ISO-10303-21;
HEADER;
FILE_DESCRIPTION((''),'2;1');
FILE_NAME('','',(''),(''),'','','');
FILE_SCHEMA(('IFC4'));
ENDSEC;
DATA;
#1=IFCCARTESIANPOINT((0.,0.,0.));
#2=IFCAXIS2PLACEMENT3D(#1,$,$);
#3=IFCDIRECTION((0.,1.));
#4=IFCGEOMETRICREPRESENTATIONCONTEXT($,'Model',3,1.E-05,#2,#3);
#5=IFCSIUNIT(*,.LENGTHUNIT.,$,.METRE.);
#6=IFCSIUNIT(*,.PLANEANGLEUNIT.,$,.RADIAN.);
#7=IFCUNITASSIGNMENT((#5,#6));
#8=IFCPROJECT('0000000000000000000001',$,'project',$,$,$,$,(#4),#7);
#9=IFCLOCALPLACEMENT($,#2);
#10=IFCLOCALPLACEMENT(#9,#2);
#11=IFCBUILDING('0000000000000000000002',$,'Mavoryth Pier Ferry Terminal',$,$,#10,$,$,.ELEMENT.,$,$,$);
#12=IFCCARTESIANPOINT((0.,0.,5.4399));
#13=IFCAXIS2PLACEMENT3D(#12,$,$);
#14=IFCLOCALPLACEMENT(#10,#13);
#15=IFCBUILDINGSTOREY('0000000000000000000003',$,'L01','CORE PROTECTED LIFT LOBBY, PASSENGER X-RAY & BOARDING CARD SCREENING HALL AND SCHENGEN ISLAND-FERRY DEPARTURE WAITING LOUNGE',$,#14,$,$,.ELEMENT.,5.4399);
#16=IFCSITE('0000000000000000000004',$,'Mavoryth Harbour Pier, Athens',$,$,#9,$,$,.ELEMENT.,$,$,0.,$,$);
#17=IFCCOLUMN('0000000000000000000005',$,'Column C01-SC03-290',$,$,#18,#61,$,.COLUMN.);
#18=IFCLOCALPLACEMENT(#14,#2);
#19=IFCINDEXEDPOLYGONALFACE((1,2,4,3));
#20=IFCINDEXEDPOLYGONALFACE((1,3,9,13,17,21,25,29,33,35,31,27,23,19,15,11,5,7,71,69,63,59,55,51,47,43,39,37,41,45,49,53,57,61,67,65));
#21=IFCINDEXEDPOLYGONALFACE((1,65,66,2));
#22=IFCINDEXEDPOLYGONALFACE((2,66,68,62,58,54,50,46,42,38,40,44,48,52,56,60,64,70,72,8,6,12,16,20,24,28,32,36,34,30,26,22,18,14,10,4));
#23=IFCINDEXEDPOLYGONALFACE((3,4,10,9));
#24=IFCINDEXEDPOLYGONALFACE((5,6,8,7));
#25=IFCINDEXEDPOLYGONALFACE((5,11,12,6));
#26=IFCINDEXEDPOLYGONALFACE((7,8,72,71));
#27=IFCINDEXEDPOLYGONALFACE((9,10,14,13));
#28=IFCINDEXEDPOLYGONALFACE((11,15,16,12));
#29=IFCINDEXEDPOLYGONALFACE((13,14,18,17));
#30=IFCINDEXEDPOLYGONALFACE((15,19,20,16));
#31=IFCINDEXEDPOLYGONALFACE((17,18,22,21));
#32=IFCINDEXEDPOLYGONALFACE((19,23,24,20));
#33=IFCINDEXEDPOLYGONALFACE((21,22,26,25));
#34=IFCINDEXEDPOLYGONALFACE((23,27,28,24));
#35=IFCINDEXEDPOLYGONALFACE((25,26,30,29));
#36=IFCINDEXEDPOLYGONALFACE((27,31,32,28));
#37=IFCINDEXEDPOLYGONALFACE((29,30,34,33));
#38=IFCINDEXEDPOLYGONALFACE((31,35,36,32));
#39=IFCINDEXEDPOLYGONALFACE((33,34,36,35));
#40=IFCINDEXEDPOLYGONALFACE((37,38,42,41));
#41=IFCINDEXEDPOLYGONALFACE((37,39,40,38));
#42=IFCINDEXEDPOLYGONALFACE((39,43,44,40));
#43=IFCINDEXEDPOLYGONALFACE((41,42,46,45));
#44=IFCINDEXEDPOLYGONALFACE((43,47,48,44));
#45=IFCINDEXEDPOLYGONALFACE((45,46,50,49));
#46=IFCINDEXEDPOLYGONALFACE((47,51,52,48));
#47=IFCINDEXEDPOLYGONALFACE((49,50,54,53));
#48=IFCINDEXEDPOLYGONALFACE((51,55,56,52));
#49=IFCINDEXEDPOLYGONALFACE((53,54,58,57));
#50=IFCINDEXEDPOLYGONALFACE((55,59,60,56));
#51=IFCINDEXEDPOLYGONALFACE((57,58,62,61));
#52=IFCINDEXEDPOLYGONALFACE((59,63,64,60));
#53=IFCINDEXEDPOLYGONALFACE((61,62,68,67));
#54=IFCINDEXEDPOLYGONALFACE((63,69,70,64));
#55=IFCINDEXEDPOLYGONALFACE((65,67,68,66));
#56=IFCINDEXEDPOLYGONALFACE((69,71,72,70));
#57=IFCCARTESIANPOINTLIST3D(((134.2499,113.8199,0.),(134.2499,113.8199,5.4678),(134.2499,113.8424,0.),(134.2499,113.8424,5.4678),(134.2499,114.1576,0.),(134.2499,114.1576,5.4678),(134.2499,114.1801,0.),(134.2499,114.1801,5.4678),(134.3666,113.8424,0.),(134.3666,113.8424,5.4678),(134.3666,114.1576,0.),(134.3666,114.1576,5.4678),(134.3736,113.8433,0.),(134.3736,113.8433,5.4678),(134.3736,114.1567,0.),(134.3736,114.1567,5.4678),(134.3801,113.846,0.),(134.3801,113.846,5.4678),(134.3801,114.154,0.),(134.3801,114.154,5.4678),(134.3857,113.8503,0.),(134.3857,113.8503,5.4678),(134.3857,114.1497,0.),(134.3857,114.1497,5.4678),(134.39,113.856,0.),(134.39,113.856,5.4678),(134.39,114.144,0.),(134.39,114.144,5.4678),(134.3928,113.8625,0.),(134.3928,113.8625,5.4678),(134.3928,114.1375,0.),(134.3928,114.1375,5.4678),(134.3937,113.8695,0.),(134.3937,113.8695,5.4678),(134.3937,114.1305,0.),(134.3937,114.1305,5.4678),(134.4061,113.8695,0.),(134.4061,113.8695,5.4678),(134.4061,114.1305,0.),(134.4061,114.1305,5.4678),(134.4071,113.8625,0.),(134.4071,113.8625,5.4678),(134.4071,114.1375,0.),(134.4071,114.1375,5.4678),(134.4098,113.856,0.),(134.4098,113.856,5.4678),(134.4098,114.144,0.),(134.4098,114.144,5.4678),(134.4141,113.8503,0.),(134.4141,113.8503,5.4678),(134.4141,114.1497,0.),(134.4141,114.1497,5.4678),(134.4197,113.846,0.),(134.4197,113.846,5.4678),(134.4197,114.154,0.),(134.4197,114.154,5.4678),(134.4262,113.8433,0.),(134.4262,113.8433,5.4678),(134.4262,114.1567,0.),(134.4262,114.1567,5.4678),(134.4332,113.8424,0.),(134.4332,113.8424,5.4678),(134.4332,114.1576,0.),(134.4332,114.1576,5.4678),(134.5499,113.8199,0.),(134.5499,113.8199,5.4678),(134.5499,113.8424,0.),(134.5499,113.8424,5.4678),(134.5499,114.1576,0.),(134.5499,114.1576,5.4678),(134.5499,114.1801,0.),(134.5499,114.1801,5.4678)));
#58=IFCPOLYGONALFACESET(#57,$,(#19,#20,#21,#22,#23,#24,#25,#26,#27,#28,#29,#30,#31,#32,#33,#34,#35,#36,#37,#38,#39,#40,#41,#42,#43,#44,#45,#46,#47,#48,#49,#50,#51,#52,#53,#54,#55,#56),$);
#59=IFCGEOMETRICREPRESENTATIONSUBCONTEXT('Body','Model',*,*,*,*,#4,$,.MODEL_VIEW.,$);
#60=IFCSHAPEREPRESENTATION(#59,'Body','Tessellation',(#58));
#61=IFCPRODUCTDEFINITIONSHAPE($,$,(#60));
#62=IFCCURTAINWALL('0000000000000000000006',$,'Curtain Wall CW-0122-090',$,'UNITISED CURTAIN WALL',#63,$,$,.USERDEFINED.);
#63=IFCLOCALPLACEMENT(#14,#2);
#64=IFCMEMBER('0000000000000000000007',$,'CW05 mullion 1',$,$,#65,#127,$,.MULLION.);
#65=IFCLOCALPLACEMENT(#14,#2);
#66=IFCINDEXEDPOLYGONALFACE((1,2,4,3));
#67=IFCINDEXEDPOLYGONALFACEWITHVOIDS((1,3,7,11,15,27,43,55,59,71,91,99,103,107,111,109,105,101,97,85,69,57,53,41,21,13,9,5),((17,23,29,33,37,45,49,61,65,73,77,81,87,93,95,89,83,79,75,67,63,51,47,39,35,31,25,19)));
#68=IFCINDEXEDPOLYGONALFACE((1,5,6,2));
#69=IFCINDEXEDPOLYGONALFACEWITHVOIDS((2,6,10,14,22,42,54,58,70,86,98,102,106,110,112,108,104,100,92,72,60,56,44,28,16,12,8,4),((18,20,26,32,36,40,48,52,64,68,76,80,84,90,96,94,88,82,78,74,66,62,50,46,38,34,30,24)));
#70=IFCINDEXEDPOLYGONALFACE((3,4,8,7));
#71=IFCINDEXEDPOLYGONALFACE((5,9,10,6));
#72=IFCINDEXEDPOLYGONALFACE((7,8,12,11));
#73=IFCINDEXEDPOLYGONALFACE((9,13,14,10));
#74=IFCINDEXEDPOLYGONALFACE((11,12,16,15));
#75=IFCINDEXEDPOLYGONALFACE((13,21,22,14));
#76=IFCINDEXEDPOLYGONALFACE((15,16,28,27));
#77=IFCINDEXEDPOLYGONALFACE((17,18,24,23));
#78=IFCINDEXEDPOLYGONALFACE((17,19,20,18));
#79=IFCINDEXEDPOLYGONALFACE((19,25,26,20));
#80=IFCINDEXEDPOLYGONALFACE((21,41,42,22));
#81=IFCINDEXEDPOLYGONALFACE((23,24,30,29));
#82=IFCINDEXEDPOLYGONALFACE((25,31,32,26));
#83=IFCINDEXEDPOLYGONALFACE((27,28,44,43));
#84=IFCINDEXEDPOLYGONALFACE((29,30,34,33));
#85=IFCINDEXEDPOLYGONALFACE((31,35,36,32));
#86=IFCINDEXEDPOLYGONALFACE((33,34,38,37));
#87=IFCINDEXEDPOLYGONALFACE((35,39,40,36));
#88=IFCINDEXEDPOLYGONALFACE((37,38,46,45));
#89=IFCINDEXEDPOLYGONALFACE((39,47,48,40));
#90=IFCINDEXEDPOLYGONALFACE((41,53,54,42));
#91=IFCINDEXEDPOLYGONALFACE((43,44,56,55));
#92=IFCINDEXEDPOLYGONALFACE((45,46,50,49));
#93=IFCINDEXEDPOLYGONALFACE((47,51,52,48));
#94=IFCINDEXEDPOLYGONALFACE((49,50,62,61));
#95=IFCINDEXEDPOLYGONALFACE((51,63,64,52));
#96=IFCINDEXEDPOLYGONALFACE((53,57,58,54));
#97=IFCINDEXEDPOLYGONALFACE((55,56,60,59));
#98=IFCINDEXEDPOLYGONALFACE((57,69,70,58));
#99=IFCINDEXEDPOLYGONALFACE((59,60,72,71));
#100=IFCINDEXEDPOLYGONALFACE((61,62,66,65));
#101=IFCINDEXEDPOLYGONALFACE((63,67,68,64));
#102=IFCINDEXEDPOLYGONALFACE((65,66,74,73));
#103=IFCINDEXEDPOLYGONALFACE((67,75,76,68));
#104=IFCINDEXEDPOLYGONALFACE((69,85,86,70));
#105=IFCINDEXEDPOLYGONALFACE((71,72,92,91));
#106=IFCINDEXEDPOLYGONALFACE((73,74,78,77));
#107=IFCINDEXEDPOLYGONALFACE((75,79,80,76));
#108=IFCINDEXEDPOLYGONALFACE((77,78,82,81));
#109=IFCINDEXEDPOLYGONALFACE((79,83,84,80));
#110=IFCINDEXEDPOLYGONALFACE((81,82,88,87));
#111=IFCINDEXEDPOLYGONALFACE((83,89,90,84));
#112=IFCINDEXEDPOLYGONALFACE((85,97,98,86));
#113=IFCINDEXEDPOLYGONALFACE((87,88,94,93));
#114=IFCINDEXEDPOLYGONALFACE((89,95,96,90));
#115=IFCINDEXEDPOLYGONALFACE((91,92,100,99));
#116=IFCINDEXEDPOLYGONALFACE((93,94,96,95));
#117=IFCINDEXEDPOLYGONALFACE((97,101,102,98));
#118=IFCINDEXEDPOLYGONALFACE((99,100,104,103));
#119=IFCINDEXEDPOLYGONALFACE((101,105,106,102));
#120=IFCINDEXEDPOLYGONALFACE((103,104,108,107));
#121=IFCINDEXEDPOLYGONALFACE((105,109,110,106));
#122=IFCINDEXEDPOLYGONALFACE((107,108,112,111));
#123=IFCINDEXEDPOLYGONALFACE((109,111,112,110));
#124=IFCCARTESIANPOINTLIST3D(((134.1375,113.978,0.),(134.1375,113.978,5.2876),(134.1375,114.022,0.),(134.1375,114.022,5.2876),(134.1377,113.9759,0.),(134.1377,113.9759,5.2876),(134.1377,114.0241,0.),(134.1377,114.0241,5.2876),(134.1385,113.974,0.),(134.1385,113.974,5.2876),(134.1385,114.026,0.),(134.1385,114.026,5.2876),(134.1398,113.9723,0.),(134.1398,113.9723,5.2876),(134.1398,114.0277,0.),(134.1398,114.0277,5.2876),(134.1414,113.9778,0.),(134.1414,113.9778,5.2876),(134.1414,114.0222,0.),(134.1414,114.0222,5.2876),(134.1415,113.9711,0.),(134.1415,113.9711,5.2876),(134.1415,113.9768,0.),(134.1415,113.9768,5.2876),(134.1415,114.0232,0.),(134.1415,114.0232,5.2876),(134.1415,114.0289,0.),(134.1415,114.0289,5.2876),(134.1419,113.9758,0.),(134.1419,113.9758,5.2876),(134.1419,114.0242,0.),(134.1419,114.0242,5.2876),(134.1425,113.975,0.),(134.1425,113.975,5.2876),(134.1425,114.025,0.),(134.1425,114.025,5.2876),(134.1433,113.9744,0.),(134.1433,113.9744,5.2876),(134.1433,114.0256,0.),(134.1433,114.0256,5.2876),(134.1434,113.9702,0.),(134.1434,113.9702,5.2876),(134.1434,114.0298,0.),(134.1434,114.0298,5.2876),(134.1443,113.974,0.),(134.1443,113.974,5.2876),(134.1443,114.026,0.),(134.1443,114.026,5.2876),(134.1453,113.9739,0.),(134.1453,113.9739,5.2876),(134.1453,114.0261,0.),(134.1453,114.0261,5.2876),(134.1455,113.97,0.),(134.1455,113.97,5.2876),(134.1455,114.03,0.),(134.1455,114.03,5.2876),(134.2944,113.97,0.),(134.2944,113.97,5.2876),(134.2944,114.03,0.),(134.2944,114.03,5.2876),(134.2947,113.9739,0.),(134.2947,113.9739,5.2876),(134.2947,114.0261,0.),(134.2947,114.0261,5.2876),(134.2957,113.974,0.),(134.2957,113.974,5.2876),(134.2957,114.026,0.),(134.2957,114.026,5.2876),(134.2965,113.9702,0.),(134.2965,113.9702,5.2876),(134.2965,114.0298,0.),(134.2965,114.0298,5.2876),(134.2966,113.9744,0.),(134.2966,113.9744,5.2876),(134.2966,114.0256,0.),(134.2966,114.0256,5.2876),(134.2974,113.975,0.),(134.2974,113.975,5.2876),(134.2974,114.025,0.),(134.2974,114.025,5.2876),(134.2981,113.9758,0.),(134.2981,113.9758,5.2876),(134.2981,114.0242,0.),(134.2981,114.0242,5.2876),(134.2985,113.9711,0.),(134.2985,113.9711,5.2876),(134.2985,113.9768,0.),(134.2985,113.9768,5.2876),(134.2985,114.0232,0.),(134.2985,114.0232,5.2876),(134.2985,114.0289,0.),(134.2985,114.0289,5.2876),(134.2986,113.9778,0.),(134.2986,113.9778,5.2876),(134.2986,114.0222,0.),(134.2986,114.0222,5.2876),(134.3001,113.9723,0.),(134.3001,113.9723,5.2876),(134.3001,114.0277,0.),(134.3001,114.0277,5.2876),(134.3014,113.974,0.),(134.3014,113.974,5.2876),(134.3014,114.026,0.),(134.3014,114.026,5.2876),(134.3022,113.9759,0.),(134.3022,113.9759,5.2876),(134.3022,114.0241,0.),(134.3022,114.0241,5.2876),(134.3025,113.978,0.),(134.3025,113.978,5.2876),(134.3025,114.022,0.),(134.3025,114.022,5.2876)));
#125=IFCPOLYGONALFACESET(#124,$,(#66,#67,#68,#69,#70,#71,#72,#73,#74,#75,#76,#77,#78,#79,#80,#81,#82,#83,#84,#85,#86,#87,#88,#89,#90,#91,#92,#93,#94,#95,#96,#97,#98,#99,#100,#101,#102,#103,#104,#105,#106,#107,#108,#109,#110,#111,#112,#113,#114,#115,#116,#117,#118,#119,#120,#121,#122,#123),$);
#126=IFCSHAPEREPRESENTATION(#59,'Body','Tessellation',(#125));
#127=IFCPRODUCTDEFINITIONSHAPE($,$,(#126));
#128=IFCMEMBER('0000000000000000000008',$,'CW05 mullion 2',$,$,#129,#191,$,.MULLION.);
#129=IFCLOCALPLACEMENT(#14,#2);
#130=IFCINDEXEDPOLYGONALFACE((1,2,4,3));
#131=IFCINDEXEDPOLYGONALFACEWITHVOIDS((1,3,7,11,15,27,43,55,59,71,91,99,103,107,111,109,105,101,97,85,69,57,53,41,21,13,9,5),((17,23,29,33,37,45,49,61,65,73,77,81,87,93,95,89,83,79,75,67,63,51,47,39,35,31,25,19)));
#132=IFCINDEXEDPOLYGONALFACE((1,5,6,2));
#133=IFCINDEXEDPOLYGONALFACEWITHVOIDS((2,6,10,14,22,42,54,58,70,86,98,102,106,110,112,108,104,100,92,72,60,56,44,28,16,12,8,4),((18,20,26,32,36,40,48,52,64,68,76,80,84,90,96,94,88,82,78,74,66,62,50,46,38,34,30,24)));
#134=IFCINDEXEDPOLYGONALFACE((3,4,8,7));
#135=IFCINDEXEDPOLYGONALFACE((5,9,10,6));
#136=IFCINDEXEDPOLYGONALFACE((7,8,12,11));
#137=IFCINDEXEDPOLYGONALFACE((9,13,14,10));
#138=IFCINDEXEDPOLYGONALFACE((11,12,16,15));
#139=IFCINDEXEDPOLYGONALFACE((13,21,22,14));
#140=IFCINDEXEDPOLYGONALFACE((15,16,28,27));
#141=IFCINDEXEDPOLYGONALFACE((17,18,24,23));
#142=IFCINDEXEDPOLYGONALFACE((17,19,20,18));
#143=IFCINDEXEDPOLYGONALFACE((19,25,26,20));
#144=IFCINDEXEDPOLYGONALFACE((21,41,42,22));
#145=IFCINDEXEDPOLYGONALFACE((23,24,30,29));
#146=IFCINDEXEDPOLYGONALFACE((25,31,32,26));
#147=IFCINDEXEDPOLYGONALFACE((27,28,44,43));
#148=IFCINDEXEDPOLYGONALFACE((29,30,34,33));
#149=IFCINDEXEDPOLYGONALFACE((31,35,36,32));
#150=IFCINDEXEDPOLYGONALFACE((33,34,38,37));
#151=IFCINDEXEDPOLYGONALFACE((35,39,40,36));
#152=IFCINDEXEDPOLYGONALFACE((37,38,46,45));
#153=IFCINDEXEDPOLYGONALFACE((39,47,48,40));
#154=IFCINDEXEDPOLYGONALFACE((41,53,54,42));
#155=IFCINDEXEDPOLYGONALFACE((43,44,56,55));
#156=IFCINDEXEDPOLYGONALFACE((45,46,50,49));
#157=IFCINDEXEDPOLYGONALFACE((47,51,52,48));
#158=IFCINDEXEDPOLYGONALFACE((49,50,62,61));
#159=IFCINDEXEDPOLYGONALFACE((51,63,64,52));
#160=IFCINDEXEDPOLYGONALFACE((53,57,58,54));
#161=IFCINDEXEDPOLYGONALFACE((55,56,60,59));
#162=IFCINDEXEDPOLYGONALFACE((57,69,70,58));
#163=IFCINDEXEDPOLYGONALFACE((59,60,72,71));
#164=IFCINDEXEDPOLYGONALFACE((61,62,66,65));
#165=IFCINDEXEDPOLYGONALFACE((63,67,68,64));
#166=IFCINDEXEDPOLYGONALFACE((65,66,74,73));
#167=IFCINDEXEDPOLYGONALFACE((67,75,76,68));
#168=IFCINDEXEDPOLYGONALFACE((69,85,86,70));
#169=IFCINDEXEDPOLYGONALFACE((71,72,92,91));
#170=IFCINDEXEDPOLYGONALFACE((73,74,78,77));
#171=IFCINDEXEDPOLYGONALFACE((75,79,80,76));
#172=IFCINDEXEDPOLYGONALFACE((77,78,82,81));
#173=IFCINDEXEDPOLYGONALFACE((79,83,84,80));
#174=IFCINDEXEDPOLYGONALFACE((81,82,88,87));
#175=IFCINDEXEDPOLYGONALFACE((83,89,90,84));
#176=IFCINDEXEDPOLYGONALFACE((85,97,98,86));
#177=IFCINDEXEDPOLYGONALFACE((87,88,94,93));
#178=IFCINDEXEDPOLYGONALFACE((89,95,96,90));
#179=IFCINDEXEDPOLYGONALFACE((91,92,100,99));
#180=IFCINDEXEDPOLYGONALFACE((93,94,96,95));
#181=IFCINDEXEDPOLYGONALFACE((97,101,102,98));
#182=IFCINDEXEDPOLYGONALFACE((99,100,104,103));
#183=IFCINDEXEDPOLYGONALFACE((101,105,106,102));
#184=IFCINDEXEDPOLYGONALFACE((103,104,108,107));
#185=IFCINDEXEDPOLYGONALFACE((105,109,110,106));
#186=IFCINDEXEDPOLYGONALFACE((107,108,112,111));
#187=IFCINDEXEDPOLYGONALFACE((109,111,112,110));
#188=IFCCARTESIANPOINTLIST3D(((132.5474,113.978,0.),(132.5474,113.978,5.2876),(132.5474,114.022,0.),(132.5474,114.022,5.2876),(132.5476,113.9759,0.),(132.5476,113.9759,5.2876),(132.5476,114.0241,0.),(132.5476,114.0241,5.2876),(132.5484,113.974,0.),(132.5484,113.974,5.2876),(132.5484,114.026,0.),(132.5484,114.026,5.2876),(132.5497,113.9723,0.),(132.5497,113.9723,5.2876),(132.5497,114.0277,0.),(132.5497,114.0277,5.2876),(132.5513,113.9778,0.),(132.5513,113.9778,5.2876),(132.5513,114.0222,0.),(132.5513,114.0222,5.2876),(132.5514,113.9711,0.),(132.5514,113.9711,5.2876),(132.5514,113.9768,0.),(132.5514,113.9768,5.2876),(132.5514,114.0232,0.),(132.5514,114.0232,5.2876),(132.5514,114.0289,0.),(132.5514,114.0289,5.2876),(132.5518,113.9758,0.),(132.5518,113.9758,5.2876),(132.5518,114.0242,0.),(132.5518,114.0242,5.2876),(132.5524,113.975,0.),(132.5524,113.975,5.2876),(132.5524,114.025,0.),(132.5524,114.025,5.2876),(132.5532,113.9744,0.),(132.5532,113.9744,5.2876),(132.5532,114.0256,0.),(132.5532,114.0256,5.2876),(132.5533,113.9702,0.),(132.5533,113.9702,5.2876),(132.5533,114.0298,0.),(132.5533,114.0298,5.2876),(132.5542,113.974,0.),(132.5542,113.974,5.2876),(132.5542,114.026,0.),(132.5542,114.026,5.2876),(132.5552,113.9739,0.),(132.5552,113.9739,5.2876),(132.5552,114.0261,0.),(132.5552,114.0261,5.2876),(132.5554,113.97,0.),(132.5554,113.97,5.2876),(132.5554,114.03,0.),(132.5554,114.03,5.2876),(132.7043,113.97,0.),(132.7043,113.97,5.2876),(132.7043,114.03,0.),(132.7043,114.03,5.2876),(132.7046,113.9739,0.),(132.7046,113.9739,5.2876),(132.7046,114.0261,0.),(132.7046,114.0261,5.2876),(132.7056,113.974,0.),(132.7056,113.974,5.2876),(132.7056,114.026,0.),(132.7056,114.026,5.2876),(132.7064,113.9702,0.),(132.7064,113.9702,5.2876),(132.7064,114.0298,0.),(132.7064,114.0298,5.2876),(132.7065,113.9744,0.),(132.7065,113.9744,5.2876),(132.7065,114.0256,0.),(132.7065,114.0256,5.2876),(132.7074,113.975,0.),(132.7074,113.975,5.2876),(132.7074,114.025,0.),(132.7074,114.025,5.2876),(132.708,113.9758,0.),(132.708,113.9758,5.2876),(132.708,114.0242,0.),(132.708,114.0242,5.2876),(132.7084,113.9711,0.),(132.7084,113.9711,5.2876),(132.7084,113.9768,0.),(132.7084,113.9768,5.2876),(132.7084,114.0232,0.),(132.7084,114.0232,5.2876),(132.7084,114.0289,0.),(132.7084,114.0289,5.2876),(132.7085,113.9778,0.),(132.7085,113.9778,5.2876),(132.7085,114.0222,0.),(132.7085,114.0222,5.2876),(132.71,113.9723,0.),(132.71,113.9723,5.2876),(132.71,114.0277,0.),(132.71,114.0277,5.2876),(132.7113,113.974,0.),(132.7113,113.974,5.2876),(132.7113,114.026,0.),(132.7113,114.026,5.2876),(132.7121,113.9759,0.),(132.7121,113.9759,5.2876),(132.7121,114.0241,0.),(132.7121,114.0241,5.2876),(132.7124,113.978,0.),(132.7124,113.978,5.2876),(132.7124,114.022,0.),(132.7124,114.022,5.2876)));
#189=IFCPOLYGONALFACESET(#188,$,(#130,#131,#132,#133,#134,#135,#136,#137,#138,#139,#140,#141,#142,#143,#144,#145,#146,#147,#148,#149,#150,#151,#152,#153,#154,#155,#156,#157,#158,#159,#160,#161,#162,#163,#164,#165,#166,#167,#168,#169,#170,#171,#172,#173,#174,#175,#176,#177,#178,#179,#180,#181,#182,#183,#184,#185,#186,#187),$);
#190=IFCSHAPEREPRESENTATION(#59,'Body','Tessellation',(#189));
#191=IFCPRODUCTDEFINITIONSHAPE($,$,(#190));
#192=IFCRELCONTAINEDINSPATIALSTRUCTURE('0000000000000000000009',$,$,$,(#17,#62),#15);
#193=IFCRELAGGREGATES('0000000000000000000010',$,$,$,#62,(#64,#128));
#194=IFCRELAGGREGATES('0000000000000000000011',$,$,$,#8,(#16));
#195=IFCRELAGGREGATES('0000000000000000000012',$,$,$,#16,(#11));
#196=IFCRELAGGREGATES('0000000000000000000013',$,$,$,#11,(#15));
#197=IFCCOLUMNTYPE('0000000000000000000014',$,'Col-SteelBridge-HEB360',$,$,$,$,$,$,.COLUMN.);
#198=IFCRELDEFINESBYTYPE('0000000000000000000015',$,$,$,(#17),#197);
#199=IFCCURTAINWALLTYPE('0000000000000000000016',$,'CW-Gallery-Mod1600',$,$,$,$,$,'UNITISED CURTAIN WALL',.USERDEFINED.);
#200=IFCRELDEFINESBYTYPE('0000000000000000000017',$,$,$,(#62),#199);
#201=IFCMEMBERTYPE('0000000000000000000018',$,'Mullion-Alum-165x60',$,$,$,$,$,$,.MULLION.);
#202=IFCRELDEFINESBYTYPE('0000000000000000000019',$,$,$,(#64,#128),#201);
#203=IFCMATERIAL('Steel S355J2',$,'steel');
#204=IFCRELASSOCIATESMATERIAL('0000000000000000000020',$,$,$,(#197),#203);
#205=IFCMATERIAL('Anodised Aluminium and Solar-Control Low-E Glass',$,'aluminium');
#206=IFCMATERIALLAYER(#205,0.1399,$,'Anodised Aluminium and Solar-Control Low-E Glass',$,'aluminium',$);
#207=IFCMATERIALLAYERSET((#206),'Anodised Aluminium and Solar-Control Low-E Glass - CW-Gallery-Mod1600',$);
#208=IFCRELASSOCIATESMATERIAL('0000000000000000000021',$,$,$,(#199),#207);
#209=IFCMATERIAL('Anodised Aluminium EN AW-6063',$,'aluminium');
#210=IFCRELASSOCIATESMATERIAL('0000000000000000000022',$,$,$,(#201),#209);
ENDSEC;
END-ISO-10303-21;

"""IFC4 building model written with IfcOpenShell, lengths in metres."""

from ifc_helpers import new_model, si_unit, direction, frame, origin, origin_2d, place, context, subcontext, project, spatial, hollow_rectangle, i_section, extrude, material, layer, layer_set, material_profile, profile_set, type_object, element, aggregate, save


model = new_model("IFC4")

# Units and contexts
model_context = context("Model", 3, precision=1e-05, world=origin(), true_north=direction((0.0, 1.0)))
body_context = subcontext(model_context, "Body", "Model", "MODEL_VIEW")
ifc_project = project(units=[si_unit("LENGTHUNIT", "METRE"), si_unit("PLANEANGLEUNIT", "RADIAN")], contexts=[model_context])

# Site, building, storey
site_placement = place(None, origin())
site = spatial("IfcSite", under=ifc_project, at=site_placement, Name="Mavoryth Harbour Pier, Athens", CompositionType="ELEMENT", RefElevation=0.0)
building_placement = place(site_placement, origin())
building = spatial("IfcBuilding", under=site, at=building_placement, Name="Mavoryth Pier Ferry Terminal", CompositionType="ELEMENT")
storey_placement = place(building_placement, frame((0.0, 0.0, 5.4399)))
storey = spatial("IfcBuildingStorey", under=building, at=storey_placement, Name="L01", Description="CORE PROTECTED LIFT LOBBY, PASSENGER X-RAY & BOARDING CARD SCREENING HALL AND SCHENGEN ISLAND-FERRY DEPARTURE WAITING LOUNGE", CompositionType="ELEMENT", Elevation=5.4399)

# Column
ifc_material_1 = material(Name="Steel S355J2", Category="steel")
ifc_material_profile_1 = material_profile(ifc_material_1, i_section(OverallWidth=0.3, OverallDepth=0.3601, WebThickness=0.0125, FlangeThickness=0.0225, FilletRadius=0.0271, at=origin_2d()), Name="HEB 360", Category="steel")
ifc_profile_set_1 = profile_set([ifc_material_profile_1], Name="Steel S355J2 - HEB 360")
column_type = type_object("IfcColumnType", Name="Col-SteelBridge-HEB360", PredefinedType="COLUMN", material=ifc_profile_set_1)
column_placement = place(storey_placement, frame((134.3999, 114.0, 0.0), z_axis=(0.0, 0.0, 1.0), x_axis=(1.0, 0.0, 0.0)))
element("IfcColumn", 1, at=column_placement, inside=storey, type_object=column_type, Name="Column C01-SC03-290", PredefinedType="COLUMN", context=body_context, shape_type="SweptSolid", body=[
    extrude(i_section(OverallWidth=0.3, OverallDepth=0.3601, WebThickness=0.0125, FlangeThickness=0.0225, FilletRadius=0.0271, at=origin_2d()), origin(), (0.0, 0.0, 1.0), 5.4678),
])

# Curtain wall, members
ifc_material_2 = material(Name="Anodised Aluminium and Solar-Control Low-E Glass", Category="aluminium")
ifc_layer_1 = layer(ifc_material_2, 0.1399, Name="Anodised Aluminium and Solar-Control Low-E Glass", Category="aluminium")
ifc_layer_set_1 = layer_set([ifc_layer_1], Name="Anodised Aluminium and Solar-Control Low-E Glass - CW-Gallery-Mod1600")
curtain_wall_type = type_object("IfcCurtainWallType", Name="CW-Gallery-Mod1600", ElementType="UNITISED CURTAIN WALL", PredefinedType="USERDEFINED", material=ifc_layer_set_1)
curtain_wall_1_placement = place(storey_placement, origin())
curtain_wall_1 = element("IfcCurtainWall", 2, at=curtain_wall_1_placement, inside=storey, type_object=curtain_wall_type, Name="Curtain Wall CW-0122-090", ObjectType="UNITISED CURTAIN WALL", PredefinedType="USERDEFINED")
ifc_material_3 = material(Name="Anodised Aluminium EN AW-6063", Category="aluminium")
ifc_material_profile_2 = material_profile(ifc_material_3, hollow_rectangle(XDim=0.0601, YDim=0.165, WallThickness=0.0039, InnerFilletRadius=0.0039, OuterFilletRadius=0.0081, at=origin_2d()), Name="AL-MULL 165x60x4", Category="aluminium")
ifc_profile_set_2 = profile_set([ifc_material_profile_2], Name="Anodised Aluminium EN AW-6063 - AL-MULL 165x60x4")
member_type_1 = type_object("IfcMemberType", Name="Mullion-Alum-165x60", PredefinedType="MULLION", material=ifc_profile_set_2)
member_1_placement = place(storey_placement, frame((134.22, 114.0, 0.0), z_axis=(0.0, 0.0, 1.0), x_axis=(0.0, -1.0, 0.0)))
member_1 = element("IfcMember", 3, at=member_1_placement, type_object=member_type_1, Name="CW05 mullion 1", PredefinedType="MULLION", context=body_context, shape_type="SweptSolid", body=[
    extrude(hollow_rectangle(XDim=0.0601, YDim=0.165, WallThickness=0.0039, InnerFilletRadius=0.0039, OuterFilletRadius=0.0081, at=origin_2d()), origin(), (0.0, 0.0, 1.0), 5.2876),
])
member_2_placement = place(storey_placement, frame((132.6299, 114.0, 0.0), z_axis=(0.0, 0.0, 1.0), x_axis=(0.0, -1.0, 0.0)))
member_2 = element("IfcMember", 4, at=member_2_placement, type_object=member_type_1, Name="CW05 mullion 2", PredefinedType="MULLION", context=body_context, shape_type="SweptSolid", body=[
    extrude(hollow_rectangle(XDim=0.0601, YDim=0.165, WallThickness=0.0039, InnerFilletRadius=0.0039, OuterFilletRadius=0.0081, at=origin_2d()), origin(), (0.0, 0.0, 1.0), 5.2876),
])

aggregate(curtain_wall_1, [member_1, member_2])

save(model, "model.ifc")
